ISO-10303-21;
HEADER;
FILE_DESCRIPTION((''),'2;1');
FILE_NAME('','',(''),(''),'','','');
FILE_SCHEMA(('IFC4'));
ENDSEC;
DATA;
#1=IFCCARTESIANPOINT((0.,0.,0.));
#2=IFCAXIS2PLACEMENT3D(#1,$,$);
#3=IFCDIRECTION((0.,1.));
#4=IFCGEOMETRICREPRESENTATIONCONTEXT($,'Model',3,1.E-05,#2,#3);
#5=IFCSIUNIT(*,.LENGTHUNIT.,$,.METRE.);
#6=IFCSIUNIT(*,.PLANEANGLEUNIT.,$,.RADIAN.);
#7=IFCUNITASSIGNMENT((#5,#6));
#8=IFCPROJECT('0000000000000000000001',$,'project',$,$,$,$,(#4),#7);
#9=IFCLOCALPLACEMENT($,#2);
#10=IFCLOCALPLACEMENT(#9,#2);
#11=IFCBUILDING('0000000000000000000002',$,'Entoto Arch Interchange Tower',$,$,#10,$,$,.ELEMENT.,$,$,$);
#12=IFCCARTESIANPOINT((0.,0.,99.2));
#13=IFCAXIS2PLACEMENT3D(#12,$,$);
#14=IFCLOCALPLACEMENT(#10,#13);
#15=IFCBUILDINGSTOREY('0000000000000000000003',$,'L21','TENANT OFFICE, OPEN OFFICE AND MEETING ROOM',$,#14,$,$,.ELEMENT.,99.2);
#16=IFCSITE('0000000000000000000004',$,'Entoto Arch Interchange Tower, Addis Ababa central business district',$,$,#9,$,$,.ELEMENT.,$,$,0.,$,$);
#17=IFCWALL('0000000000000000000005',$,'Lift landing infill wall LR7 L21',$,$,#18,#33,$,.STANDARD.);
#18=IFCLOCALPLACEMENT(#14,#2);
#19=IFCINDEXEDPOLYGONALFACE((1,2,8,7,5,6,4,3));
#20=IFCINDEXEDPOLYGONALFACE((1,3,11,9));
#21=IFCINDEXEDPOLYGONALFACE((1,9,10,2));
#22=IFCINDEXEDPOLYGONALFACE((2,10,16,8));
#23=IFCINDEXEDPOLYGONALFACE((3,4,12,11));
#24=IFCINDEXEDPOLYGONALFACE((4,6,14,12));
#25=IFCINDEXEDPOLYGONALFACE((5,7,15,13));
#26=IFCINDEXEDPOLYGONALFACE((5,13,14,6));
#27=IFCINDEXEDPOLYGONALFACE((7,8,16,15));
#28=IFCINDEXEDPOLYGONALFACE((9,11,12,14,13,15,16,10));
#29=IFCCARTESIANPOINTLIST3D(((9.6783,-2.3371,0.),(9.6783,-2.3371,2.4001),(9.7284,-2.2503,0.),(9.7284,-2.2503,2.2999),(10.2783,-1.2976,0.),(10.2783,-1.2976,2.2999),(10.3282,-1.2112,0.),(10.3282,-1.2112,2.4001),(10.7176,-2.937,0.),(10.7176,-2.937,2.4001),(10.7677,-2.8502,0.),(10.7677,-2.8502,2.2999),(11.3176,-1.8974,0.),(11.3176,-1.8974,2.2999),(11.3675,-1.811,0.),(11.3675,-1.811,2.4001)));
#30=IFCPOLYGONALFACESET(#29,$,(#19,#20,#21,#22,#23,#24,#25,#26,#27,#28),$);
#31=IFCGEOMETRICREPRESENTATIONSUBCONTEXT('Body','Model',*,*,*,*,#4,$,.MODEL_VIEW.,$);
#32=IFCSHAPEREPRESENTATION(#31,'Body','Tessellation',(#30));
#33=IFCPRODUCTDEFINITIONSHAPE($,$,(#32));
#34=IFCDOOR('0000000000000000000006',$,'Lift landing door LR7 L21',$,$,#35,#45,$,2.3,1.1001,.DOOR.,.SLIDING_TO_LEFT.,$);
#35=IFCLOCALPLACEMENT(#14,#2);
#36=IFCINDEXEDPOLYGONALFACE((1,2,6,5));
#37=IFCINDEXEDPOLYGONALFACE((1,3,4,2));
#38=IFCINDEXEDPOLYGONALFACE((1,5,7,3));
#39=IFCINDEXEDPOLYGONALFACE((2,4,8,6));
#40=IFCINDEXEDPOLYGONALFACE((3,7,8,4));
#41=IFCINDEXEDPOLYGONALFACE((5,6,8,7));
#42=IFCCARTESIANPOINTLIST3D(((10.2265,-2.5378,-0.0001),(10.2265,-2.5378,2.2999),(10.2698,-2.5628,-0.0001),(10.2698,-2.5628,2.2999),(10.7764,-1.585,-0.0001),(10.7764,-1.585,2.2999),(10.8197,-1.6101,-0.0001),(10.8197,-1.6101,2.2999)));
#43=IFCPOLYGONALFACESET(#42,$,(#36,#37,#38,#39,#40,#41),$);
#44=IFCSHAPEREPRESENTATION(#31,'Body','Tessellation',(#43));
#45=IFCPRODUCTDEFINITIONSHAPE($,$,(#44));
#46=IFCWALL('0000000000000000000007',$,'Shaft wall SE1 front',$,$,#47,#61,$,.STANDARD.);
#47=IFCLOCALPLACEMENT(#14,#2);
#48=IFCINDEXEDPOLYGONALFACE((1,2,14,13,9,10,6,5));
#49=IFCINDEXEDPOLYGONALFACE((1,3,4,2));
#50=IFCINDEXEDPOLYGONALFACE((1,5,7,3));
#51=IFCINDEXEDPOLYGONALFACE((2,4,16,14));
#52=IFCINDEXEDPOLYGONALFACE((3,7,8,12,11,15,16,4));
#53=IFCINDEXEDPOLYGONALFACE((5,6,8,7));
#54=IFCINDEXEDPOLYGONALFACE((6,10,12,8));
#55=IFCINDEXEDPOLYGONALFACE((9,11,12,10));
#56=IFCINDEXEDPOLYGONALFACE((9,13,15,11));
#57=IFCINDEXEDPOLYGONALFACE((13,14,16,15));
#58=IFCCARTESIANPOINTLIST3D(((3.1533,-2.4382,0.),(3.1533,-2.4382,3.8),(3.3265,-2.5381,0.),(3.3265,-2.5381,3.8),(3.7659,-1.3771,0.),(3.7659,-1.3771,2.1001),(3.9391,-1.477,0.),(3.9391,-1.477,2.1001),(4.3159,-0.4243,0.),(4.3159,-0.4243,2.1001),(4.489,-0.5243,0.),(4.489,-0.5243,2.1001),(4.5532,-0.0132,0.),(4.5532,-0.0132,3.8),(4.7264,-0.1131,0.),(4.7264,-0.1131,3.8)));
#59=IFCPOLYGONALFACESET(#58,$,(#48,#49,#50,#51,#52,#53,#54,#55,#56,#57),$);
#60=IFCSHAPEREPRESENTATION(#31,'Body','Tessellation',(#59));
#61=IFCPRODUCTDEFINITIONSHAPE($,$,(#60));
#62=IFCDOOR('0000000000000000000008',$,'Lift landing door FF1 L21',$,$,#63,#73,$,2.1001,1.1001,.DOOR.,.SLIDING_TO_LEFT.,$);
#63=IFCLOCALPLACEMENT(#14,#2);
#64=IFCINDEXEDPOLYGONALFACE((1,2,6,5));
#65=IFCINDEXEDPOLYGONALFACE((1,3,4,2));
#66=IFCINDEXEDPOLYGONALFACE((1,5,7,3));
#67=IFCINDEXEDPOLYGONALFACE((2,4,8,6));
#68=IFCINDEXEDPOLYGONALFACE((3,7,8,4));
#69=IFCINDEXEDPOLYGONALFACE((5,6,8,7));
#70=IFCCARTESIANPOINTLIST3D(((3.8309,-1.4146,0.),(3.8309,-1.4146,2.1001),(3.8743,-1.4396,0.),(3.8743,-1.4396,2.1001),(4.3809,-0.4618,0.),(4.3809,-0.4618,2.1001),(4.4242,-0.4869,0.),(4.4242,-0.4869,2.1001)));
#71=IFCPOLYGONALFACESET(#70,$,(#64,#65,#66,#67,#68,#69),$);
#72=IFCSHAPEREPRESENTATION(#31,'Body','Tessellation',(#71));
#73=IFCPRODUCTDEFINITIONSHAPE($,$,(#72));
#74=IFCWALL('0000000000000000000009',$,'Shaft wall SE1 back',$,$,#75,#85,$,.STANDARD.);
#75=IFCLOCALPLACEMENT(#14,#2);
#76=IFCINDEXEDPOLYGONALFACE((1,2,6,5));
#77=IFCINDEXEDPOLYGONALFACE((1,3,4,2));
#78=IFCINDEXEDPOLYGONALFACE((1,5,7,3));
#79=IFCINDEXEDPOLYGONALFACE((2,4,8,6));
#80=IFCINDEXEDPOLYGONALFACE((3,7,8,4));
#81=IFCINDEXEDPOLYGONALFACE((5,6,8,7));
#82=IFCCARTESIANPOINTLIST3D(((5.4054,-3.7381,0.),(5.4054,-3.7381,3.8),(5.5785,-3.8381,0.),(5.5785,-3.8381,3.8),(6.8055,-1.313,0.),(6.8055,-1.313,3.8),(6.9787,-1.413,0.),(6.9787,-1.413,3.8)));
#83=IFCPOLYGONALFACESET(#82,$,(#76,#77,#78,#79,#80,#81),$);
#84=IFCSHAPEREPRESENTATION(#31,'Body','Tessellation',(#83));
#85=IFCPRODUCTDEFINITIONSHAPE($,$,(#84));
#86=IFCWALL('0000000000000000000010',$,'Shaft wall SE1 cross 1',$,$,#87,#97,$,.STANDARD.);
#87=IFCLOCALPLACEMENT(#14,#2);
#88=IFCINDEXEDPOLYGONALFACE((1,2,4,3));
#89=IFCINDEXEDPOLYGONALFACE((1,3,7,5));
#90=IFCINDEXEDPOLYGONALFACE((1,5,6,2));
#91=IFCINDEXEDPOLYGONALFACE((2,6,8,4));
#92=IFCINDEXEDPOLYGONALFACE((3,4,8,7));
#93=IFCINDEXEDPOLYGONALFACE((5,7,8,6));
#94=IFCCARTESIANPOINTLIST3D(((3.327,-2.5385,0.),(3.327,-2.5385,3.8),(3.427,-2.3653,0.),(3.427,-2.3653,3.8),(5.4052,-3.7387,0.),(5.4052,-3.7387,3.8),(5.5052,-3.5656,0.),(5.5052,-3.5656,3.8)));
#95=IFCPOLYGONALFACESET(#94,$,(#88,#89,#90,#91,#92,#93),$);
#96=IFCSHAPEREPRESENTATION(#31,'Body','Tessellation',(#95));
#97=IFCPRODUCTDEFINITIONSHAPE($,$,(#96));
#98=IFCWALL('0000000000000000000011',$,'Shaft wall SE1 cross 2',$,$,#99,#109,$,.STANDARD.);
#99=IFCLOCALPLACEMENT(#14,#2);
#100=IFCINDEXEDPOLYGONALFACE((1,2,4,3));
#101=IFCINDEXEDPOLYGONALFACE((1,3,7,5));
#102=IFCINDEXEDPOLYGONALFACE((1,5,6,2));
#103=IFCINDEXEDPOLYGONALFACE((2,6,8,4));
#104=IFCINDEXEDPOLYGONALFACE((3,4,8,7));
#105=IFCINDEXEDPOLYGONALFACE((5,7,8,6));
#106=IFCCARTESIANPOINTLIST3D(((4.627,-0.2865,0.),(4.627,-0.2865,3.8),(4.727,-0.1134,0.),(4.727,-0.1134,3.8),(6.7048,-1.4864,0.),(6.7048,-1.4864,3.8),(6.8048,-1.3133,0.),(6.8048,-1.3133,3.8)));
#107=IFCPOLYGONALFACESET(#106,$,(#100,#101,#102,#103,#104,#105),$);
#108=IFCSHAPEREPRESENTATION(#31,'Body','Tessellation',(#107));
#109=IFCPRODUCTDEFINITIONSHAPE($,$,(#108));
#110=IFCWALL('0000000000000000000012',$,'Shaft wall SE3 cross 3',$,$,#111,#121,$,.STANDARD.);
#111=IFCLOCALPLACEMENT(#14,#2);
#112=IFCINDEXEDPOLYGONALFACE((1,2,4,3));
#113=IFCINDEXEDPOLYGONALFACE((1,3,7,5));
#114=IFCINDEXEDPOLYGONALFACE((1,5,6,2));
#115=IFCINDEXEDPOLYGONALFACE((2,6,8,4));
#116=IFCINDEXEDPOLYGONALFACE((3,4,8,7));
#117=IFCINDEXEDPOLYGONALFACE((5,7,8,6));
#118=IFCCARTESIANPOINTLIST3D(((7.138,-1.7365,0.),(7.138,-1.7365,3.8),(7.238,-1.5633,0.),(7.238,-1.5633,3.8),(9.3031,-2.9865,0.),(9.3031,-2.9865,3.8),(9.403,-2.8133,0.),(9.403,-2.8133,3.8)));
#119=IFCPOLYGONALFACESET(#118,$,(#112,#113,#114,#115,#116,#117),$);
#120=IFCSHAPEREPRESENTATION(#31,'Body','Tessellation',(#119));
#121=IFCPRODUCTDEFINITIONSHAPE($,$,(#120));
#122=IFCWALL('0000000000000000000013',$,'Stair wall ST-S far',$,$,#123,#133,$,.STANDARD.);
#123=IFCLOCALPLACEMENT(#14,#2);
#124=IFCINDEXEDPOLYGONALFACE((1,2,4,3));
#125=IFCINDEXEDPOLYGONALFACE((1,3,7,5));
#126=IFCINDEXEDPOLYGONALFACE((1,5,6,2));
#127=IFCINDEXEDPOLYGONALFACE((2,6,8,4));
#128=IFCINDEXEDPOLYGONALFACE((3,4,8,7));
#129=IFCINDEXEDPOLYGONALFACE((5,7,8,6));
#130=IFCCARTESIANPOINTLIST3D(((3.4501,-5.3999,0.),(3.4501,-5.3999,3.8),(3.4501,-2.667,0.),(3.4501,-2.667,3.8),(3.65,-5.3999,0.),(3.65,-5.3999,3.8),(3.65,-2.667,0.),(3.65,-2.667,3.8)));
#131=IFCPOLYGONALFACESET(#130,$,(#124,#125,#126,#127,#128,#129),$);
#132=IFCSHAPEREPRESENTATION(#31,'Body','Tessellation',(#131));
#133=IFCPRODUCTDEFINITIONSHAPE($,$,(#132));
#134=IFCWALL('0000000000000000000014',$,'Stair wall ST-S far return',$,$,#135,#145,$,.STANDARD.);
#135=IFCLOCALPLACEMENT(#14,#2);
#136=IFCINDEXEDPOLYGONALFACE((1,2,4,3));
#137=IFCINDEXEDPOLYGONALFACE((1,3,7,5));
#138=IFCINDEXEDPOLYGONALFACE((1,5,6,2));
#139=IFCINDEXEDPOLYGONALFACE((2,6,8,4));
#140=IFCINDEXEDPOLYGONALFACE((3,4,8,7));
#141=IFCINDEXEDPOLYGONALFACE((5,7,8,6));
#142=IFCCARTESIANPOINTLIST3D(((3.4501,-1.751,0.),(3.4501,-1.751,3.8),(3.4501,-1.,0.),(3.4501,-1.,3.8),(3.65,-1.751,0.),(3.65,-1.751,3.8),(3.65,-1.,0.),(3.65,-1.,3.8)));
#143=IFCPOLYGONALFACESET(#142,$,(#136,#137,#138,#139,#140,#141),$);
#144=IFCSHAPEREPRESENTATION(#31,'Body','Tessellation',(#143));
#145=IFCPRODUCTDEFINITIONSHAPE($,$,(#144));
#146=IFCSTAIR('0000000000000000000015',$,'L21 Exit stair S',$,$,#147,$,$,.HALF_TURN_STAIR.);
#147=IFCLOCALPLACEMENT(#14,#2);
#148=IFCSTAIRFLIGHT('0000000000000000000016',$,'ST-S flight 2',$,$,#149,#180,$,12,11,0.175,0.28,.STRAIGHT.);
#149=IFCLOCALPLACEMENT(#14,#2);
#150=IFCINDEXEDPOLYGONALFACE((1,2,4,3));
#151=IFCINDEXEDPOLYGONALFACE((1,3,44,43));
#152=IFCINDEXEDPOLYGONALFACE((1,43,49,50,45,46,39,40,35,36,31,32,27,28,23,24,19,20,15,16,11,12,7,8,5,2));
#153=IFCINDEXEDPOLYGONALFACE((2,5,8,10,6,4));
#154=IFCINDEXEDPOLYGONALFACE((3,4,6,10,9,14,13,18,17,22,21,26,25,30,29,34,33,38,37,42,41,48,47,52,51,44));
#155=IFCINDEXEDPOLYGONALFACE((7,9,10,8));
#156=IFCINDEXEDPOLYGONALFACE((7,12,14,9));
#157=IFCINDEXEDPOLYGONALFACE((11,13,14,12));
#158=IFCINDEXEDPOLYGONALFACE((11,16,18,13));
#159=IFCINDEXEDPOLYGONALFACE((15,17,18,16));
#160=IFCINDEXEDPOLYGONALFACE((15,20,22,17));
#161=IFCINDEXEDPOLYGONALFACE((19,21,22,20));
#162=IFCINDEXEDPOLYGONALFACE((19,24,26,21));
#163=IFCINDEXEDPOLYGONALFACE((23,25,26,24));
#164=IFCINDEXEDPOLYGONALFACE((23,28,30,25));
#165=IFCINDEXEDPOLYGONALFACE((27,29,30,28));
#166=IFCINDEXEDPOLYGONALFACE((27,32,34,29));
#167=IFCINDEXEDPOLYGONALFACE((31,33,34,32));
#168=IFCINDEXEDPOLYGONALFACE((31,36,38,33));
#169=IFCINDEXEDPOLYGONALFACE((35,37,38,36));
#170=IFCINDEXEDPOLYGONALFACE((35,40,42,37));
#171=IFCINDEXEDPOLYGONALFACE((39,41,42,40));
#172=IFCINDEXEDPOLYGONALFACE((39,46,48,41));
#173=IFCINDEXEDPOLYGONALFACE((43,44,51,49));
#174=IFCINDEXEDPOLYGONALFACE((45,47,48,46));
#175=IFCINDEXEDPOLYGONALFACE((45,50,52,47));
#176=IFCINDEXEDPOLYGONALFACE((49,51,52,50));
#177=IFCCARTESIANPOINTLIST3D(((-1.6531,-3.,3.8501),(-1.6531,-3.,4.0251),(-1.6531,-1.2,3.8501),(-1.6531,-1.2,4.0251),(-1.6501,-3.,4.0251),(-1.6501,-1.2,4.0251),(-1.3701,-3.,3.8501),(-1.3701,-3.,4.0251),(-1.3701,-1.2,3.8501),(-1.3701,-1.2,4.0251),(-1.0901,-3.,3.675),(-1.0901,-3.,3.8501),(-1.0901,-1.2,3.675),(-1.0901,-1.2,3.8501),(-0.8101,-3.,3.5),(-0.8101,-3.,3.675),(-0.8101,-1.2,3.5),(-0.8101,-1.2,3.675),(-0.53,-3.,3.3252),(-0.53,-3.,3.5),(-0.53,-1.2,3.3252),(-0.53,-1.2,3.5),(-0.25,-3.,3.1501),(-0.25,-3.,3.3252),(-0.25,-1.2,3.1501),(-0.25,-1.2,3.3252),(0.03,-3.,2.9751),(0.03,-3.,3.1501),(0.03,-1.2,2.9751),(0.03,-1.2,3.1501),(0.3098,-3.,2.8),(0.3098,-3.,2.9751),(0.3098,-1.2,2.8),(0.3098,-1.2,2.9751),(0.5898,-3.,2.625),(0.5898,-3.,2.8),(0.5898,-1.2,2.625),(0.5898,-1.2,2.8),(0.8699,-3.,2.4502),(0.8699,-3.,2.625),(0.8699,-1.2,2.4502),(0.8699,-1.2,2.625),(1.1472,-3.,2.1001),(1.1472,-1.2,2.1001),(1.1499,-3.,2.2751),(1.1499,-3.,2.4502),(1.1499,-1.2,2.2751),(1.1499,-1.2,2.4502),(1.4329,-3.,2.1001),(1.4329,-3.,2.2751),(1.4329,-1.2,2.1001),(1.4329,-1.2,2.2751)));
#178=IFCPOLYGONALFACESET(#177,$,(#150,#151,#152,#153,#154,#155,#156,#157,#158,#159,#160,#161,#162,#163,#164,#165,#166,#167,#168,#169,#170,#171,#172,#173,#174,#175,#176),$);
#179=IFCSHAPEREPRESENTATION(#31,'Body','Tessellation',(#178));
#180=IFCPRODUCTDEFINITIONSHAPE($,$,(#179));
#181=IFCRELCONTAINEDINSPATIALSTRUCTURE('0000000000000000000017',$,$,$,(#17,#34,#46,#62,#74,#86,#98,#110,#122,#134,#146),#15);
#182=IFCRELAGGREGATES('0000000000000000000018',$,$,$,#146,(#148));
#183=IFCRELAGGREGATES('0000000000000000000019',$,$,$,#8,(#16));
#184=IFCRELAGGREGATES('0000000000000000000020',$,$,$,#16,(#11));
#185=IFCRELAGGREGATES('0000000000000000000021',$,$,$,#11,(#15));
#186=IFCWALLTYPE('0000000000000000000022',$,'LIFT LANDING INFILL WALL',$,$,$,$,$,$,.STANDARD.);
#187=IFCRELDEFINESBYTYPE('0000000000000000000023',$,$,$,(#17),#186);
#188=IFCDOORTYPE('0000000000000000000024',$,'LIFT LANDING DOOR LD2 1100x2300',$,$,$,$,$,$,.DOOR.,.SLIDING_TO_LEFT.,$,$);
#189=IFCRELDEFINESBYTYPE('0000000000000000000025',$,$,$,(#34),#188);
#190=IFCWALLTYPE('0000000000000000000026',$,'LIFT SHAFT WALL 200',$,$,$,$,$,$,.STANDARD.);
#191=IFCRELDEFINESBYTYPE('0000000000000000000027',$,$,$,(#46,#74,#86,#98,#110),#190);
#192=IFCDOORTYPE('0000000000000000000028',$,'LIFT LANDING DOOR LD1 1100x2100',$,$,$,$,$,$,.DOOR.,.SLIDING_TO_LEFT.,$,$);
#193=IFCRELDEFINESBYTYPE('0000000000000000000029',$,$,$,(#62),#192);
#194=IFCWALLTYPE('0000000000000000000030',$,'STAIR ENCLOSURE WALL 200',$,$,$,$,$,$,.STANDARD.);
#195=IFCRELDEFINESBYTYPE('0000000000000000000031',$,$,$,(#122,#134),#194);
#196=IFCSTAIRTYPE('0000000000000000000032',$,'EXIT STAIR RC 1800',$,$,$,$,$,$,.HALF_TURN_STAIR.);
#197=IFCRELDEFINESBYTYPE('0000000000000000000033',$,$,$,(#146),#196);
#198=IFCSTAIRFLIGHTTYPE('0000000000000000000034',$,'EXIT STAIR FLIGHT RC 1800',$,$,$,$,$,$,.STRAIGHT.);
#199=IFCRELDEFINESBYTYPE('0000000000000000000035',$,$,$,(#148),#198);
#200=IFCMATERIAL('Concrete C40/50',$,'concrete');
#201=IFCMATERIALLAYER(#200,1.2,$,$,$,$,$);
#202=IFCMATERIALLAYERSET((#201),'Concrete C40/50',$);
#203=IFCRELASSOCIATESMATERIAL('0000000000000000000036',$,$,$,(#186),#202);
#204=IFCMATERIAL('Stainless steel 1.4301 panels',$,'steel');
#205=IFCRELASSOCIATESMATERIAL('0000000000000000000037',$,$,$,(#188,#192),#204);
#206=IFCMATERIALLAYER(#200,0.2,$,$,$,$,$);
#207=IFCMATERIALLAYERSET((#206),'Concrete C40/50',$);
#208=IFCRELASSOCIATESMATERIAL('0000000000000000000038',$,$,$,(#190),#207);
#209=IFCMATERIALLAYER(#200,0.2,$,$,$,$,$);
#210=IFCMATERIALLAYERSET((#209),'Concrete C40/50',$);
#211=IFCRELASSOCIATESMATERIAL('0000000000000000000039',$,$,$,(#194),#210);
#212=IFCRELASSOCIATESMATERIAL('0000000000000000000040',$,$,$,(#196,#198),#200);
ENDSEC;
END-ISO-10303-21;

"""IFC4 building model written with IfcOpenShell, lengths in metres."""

from ifc_helpers import new_model, si_unit, direction, frame, frame_2d, origin, place, context, subcontext, project, spatial, polyline, rectangle, outline, extrude, material, layer, layer_set, type_object, element, fill, aggregate, save


model = new_model("IFC4")

# Units and contexts
model_context = context("Model", 3, precision=1e-05, world=origin(), true_north=direction((0.0, 1.0)))
body_context = subcontext(model_context, "Body", "Model", "MODEL_VIEW")
ifc_project = project(units=[si_unit("LENGTHUNIT", "METRE"), si_unit("PLANEANGLEUNIT", "RADIAN")], contexts=[model_context])

# Site, building, storey
site_placement = place(None, origin())
site = spatial("IfcSite", under=ifc_project, at=site_placement, Name="Entoto Arch Interchange Tower, Addis Ababa central business district", CompositionType="ELEMENT", RefElevation=0.0)
building_placement = place(site_placement, origin())
building = spatial("IfcBuilding", under=site, at=building_placement, Name="Entoto Arch Interchange Tower", CompositionType="ELEMENT")
storey_placement = place(building_placement, frame((0.0, 0.0, 99.2)))
storey = spatial("IfcBuildingStorey", under=building, at=storey_placement, Name="L21", Description="TENANT OFFICE, OPEN OFFICE AND MEETING ROOM", CompositionType="ELEMENT", Elevation=99.2)

# Walls, openings, doors
ifc_material_1 = material(Name="Concrete C40/50", Category="concrete")
ifc_layer_1 = layer(ifc_material_1, 1.2)
ifc_layer_set_1 = layer_set([ifc_layer_1], Name="Concrete C40/50")
wall_type_1 = type_object("IfcWallType", Name="LIFT LANDING INFILL WALL", PredefinedType="STANDARD", material=ifc_layer_set_1)
wall_1_placement = place(storey_placement, frame((10.198, -2.637, 0.0), z_axis=(0.0, 0.0, 1.0), x_axis=(0.499896, 0.866086, 0.0)))
wall_1 = element("IfcWall", 1, at=wall_1_placement, inside=storey, type_object=wall_type_1, Name="Lift landing infill wall LR7 L21", PredefinedType="STANDARD", context=body_context, shape_type="SweptSolid", body=[
    extrude(rectangle(XDim=1.3, YDim=1.2, at=frame_2d((0.6499, 0.0))), origin(), (0.0, 0.0, 1.0), 2.4001),
])
opening_1_placement = place(wall_1_placement, frame((0.1001, 0.0, 0.0)))
opening_1 = element("IfcOpeningElement", 2, at=opening_1_placement, cuts=wall_1, PredefinedType="OPENING", context=body_context, shape_type="SweptSolid", body=[
    extrude(rectangle(XDim=1.1001, YDim=2.3, at=frame_2d((0.55, 1.1499))), frame((0.0, 0.6099, 0.0), z_axis=(0.0, -1.0, 0.0), x_axis=(1.0, 0.0, 0.0)), (0.0, 0.0, 1.0), 1.22),
])
ifc_material_2 = material(Name="Stainless steel 1.4301 panels", Category="steel")
door_type_1 = type_object("IfcDoorType", Name="LIFT LANDING DOOR LD2 1100x2300", OperationType="SLIDING_TO_LEFT", PredefinedType="DOOR", material=ifc_material_2)
door_1_placement = place(opening_1_placement, origin())
door_1 = element("IfcDoor", 3, at=door_1_placement, inside=storey, type_object=door_type_1, Name="Lift landing door LR7 L21", OperationType="SLIDING_TO_LEFT", OverallHeight=2.3, OverallWidth=1.1001, PredefinedType="DOOR", context=body_context, shape_type="SweptSolid", body=[
    extrude(rectangle(XDim=1.1001, YDim=2.3, at=frame_2d((0.55, 1.1499))), frame((0.0, 0.0249, 0.0), z_axis=(0.0, -1.0, 0.0), x_axis=(1.0, 0.0, 0.0)), (0.0, 0.0, 1.0), 0.05),
])
fill(opening_1, door_1)
ifc_layer_2 = layer(ifc_material_1, 0.2)
ifc_layer_set_2 = layer_set([ifc_layer_2], Name="Concrete C40/50")
wall_type_2 = type_object("IfcWallType", Name="LIFT SHAFT WALL 200", PredefinedType="STANDARD", material=ifc_layer_set_2)
wall_2_placement = place(storey_placement, frame((3.24, -2.488, 0.0), z_axis=(0.0, 0.0, 1.0), x_axis=(0.499946, 0.866056, 0.0)))
wall_2 = element("IfcWall", 4, at=wall_2_placement, inside=storey, type_object=wall_type_2, Name="Shaft wall SE1 front", PredefinedType="STANDARD", context=body_context, shape_type="SweptSolid", body=[
    extrude(rectangle(XDim=2.8, YDim=0.2, at=frame_2d((1.3999, 0.0))), origin(), (0.0, 0.0, 1.0), 3.8),
])
opening_2_placement = place(wall_2_placement, frame((1.2251, 0.0, 0.0)))
opening_2 = element("IfcOpeningElement", 5, at=opening_2_placement, cuts=wall_2, PredefinedType="OPENING", context=body_context, shape_type="SweptSolid", body=[
    extrude(rectangle(XDim=1.1001, YDim=2.1001, at=frame_2d((0.55, 1.05))), frame((0.0, 0.1099, 0.0), z_axis=(0.0, -1.0, 0.0), x_axis=(1.0, 0.0, 0.0)), (0.0, 0.0, 1.0), 0.22),
])
door_type_2 = type_object("IfcDoorType", Name="LIFT LANDING DOOR LD1 1100x2100", OperationType="SLIDING_TO_LEFT", PredefinedType="DOOR", material=ifc_material_2)
door_2_placement = place(opening_2_placement, origin())
door_2 = element("IfcDoor", 6, at=door_2_placement, inside=storey, type_object=door_type_2, Name="Lift landing door FF1 L21", OperationType="SLIDING_TO_LEFT", OverallHeight=2.1001, OverallWidth=1.1001, PredefinedType="DOOR", context=body_context, shape_type="SweptSolid", body=[
    extrude(rectangle(XDim=1.1001, YDim=2.1001, at=frame_2d((0.55, 1.05))), frame((0.0, 0.0249, 0.0), z_axis=(0.0, -1.0, 0.0), x_axis=(1.0, 0.0, 0.0)), (0.0, 0.0, 1.0), 0.05),
])
fill(opening_2, door_2)

# Walls
wall_3_placement = place(storey_placement, frame((5.4919, -3.7881, 0.0), z_axis=(0.0, 0.0, 1.0), x_axis=(0.500012, 0.866019, 0.0)))
element("IfcWall", 7, at=wall_3_placement, inside=storey, type_object=wall_type_2, Name="Shaft wall SE1 back", PredefinedType="STANDARD", context=body_context, shape_type="SweptSolid", body=[
    extrude(rectangle(XDim=2.8003, YDim=0.2, at=frame_2d((1.4001, 0.0))), origin(), (0.0, 0.0, 1.0), 3.8),
])
wall_4_placement = place(storey_placement, frame((3.377, -2.4519, 0.0), z_axis=(0.0, 0.0, 1.0), x_axis=(0.865955, -0.500122, 0.0)))
element("IfcWall", 8, at=wall_4_placement, inside=storey, type_object=wall_type_2, Name="Shaft wall SE1 cross 1", PredefinedType="STANDARD", context=body_context, shape_type="SweptSolid", body=[
    extrude(rectangle(XDim=2.3999, YDim=0.2, at=frame_2d((1.2, 0.0))), origin(), (0.0, 0.0, 1.0), 3.8),
])
wall_5_placement = place(storey_placement, frame((4.677, -0.2, 0.0), z_axis=(0.0, 0.0, 1.0), x_axis=(0.865974, -0.500089, 0.0)))
element("IfcWall", 9, at=wall_5_placement, inside=storey, type_object=wall_type_2, Name="Shaft wall SE1 cross 2", PredefinedType="STANDARD", context=body_context, shape_type="SweptSolid", body=[
    extrude(rectangle(XDim=2.3994, YDim=0.2, at=frame_2d((1.1997, 0.0))), origin(), (0.0, 0.0, 1.0), 3.8),
])
wall_6_placement = place(storey_placement, frame((7.188, -1.6499, 0.0), z_axis=(0.0, 0.0, 1.0), x_axis=(0.866023, -0.500004, 0.0)))
element("IfcWall", 10, at=wall_6_placement, inside=storey, type_object=wall_type_2, Name="Shaft wall SE3 cross 3", PredefinedType="STANDARD", context=body_context, shape_type="SweptSolid", body=[
    extrude(rectangle(XDim=2.5, YDim=0.2, at=frame_2d((1.25, 0.0))), origin(), (0.0, 0.0, 1.0), 3.8),
])
ifc_layer_3 = layer(ifc_material_1, 0.2)
ifc_layer_set_3 = layer_set([ifc_layer_3], Name="Concrete C40/50")
wall_type_3 = type_object("IfcWallType", Name="STAIR ENCLOSURE WALL 200", PredefinedType="STANDARD", material=ifc_layer_set_3)
wall_7_placement = place(storey_placement, frame((3.55, -2.667, 0.0), z_axis=(0.0, 0.0, 1.0), x_axis=(0.0, -1.0, 0.0)))
element("IfcWall", 11, at=wall_7_placement, inside=storey, type_object=wall_type_3, Name="Stair wall ST-S far", PredefinedType="STANDARD", context=body_context, shape_type="SweptSolid", body=[
    extrude(rectangle(XDim=2.7329, YDim=0.2, at=frame_2d((1.3665, 0.0))), origin(), (0.0, 0.0, 1.0), 3.8),
])
wall_8_placement = place(storey_placement, frame((3.55, -1.0, 0.0), z_axis=(0.0, 0.0, 1.0), x_axis=(0.0, -1.0, 0.0)))
element("IfcWall", 12, at=wall_8_placement, inside=storey, type_object=wall_type_3, Name="Stair wall ST-S far return", PredefinedType="STANDARD", context=body_context, shape_type="SweptSolid", body=[
    extrude(rectangle(XDim=0.751, YDim=0.2, at=frame_2d((0.3755, 0.0))), origin(), (0.0, 0.0, 1.0), 3.8),
])

# Stair, stair flight
stair_type = type_object("IfcStairType", Name="EXIT STAIR RC 1800", PredefinedType="HALF_TURN_STAIR", material=ifc_material_1)
stair_placement = place(storey_placement, origin())
stair = element("IfcStair", 13, at=stair_placement, inside=storey, type_object=stair_type, Name="L21 Exit stair S", PredefinedType="HALF_TURN_STAIR")
stair_flight_type = type_object("IfcStairFlightType", Name="EXIT STAIR FLIGHT RC 1800", PredefinedType="STRAIGHT", material=ifc_material_1)
stair_flight_placement = place(storey_placement, frame((1.4299, -2.1001, 2.1001), z_axis=(0.0, 0.0, 1.0), x_axis=(-1.0, 0.0, 0.0)))
stair_flight = element("IfcStairFlight", 14, at=stair_flight_placement, type_object=stair_flight_type, Name="ST-S flight 2", NumberOfRisers=12, NumberOfTreads=11, PredefinedType="STRAIGHT", RiserHeight=0.175, TreadLength=0.28, context=body_context, shape_type="SweptSolid", body=[
    extrude(outline(polyline([(-0.0029, 0.0), (-0.0029, 0.175), (0.28, 0.175), (0.28, 0.3501), (0.5601, 0.3501), (0.5601, 0.5249), (0.8401, 0.5249), (0.8401, 0.7), (1.1201, 0.7), (1.1201, 0.875), (1.3999, 0.875), (1.3999, 1.05), (1.6799, 1.05), (1.6799, 1.2251), (1.96, 1.2251), (1.96, 1.3999), (2.24, 1.3999), (2.24, 1.575), (2.52, 1.575), (2.52, 1.75), (2.8, 1.75), (2.8, 1.925), (3.0801, 1.925), (3.083, 1.925), (3.083, 1.75), (0.2827, 0.0), (-0.0029, 0.0)])), frame((0.0, 0.8999, 0.0), z_axis=(0.0, -1.0, 0.0), x_axis=(1.0, 0.0, 0.0)), (0.0, 0.0, 1.0), 1.8),
])
aggregate(stair, [stair_flight])

save(model, "model.ifc")
